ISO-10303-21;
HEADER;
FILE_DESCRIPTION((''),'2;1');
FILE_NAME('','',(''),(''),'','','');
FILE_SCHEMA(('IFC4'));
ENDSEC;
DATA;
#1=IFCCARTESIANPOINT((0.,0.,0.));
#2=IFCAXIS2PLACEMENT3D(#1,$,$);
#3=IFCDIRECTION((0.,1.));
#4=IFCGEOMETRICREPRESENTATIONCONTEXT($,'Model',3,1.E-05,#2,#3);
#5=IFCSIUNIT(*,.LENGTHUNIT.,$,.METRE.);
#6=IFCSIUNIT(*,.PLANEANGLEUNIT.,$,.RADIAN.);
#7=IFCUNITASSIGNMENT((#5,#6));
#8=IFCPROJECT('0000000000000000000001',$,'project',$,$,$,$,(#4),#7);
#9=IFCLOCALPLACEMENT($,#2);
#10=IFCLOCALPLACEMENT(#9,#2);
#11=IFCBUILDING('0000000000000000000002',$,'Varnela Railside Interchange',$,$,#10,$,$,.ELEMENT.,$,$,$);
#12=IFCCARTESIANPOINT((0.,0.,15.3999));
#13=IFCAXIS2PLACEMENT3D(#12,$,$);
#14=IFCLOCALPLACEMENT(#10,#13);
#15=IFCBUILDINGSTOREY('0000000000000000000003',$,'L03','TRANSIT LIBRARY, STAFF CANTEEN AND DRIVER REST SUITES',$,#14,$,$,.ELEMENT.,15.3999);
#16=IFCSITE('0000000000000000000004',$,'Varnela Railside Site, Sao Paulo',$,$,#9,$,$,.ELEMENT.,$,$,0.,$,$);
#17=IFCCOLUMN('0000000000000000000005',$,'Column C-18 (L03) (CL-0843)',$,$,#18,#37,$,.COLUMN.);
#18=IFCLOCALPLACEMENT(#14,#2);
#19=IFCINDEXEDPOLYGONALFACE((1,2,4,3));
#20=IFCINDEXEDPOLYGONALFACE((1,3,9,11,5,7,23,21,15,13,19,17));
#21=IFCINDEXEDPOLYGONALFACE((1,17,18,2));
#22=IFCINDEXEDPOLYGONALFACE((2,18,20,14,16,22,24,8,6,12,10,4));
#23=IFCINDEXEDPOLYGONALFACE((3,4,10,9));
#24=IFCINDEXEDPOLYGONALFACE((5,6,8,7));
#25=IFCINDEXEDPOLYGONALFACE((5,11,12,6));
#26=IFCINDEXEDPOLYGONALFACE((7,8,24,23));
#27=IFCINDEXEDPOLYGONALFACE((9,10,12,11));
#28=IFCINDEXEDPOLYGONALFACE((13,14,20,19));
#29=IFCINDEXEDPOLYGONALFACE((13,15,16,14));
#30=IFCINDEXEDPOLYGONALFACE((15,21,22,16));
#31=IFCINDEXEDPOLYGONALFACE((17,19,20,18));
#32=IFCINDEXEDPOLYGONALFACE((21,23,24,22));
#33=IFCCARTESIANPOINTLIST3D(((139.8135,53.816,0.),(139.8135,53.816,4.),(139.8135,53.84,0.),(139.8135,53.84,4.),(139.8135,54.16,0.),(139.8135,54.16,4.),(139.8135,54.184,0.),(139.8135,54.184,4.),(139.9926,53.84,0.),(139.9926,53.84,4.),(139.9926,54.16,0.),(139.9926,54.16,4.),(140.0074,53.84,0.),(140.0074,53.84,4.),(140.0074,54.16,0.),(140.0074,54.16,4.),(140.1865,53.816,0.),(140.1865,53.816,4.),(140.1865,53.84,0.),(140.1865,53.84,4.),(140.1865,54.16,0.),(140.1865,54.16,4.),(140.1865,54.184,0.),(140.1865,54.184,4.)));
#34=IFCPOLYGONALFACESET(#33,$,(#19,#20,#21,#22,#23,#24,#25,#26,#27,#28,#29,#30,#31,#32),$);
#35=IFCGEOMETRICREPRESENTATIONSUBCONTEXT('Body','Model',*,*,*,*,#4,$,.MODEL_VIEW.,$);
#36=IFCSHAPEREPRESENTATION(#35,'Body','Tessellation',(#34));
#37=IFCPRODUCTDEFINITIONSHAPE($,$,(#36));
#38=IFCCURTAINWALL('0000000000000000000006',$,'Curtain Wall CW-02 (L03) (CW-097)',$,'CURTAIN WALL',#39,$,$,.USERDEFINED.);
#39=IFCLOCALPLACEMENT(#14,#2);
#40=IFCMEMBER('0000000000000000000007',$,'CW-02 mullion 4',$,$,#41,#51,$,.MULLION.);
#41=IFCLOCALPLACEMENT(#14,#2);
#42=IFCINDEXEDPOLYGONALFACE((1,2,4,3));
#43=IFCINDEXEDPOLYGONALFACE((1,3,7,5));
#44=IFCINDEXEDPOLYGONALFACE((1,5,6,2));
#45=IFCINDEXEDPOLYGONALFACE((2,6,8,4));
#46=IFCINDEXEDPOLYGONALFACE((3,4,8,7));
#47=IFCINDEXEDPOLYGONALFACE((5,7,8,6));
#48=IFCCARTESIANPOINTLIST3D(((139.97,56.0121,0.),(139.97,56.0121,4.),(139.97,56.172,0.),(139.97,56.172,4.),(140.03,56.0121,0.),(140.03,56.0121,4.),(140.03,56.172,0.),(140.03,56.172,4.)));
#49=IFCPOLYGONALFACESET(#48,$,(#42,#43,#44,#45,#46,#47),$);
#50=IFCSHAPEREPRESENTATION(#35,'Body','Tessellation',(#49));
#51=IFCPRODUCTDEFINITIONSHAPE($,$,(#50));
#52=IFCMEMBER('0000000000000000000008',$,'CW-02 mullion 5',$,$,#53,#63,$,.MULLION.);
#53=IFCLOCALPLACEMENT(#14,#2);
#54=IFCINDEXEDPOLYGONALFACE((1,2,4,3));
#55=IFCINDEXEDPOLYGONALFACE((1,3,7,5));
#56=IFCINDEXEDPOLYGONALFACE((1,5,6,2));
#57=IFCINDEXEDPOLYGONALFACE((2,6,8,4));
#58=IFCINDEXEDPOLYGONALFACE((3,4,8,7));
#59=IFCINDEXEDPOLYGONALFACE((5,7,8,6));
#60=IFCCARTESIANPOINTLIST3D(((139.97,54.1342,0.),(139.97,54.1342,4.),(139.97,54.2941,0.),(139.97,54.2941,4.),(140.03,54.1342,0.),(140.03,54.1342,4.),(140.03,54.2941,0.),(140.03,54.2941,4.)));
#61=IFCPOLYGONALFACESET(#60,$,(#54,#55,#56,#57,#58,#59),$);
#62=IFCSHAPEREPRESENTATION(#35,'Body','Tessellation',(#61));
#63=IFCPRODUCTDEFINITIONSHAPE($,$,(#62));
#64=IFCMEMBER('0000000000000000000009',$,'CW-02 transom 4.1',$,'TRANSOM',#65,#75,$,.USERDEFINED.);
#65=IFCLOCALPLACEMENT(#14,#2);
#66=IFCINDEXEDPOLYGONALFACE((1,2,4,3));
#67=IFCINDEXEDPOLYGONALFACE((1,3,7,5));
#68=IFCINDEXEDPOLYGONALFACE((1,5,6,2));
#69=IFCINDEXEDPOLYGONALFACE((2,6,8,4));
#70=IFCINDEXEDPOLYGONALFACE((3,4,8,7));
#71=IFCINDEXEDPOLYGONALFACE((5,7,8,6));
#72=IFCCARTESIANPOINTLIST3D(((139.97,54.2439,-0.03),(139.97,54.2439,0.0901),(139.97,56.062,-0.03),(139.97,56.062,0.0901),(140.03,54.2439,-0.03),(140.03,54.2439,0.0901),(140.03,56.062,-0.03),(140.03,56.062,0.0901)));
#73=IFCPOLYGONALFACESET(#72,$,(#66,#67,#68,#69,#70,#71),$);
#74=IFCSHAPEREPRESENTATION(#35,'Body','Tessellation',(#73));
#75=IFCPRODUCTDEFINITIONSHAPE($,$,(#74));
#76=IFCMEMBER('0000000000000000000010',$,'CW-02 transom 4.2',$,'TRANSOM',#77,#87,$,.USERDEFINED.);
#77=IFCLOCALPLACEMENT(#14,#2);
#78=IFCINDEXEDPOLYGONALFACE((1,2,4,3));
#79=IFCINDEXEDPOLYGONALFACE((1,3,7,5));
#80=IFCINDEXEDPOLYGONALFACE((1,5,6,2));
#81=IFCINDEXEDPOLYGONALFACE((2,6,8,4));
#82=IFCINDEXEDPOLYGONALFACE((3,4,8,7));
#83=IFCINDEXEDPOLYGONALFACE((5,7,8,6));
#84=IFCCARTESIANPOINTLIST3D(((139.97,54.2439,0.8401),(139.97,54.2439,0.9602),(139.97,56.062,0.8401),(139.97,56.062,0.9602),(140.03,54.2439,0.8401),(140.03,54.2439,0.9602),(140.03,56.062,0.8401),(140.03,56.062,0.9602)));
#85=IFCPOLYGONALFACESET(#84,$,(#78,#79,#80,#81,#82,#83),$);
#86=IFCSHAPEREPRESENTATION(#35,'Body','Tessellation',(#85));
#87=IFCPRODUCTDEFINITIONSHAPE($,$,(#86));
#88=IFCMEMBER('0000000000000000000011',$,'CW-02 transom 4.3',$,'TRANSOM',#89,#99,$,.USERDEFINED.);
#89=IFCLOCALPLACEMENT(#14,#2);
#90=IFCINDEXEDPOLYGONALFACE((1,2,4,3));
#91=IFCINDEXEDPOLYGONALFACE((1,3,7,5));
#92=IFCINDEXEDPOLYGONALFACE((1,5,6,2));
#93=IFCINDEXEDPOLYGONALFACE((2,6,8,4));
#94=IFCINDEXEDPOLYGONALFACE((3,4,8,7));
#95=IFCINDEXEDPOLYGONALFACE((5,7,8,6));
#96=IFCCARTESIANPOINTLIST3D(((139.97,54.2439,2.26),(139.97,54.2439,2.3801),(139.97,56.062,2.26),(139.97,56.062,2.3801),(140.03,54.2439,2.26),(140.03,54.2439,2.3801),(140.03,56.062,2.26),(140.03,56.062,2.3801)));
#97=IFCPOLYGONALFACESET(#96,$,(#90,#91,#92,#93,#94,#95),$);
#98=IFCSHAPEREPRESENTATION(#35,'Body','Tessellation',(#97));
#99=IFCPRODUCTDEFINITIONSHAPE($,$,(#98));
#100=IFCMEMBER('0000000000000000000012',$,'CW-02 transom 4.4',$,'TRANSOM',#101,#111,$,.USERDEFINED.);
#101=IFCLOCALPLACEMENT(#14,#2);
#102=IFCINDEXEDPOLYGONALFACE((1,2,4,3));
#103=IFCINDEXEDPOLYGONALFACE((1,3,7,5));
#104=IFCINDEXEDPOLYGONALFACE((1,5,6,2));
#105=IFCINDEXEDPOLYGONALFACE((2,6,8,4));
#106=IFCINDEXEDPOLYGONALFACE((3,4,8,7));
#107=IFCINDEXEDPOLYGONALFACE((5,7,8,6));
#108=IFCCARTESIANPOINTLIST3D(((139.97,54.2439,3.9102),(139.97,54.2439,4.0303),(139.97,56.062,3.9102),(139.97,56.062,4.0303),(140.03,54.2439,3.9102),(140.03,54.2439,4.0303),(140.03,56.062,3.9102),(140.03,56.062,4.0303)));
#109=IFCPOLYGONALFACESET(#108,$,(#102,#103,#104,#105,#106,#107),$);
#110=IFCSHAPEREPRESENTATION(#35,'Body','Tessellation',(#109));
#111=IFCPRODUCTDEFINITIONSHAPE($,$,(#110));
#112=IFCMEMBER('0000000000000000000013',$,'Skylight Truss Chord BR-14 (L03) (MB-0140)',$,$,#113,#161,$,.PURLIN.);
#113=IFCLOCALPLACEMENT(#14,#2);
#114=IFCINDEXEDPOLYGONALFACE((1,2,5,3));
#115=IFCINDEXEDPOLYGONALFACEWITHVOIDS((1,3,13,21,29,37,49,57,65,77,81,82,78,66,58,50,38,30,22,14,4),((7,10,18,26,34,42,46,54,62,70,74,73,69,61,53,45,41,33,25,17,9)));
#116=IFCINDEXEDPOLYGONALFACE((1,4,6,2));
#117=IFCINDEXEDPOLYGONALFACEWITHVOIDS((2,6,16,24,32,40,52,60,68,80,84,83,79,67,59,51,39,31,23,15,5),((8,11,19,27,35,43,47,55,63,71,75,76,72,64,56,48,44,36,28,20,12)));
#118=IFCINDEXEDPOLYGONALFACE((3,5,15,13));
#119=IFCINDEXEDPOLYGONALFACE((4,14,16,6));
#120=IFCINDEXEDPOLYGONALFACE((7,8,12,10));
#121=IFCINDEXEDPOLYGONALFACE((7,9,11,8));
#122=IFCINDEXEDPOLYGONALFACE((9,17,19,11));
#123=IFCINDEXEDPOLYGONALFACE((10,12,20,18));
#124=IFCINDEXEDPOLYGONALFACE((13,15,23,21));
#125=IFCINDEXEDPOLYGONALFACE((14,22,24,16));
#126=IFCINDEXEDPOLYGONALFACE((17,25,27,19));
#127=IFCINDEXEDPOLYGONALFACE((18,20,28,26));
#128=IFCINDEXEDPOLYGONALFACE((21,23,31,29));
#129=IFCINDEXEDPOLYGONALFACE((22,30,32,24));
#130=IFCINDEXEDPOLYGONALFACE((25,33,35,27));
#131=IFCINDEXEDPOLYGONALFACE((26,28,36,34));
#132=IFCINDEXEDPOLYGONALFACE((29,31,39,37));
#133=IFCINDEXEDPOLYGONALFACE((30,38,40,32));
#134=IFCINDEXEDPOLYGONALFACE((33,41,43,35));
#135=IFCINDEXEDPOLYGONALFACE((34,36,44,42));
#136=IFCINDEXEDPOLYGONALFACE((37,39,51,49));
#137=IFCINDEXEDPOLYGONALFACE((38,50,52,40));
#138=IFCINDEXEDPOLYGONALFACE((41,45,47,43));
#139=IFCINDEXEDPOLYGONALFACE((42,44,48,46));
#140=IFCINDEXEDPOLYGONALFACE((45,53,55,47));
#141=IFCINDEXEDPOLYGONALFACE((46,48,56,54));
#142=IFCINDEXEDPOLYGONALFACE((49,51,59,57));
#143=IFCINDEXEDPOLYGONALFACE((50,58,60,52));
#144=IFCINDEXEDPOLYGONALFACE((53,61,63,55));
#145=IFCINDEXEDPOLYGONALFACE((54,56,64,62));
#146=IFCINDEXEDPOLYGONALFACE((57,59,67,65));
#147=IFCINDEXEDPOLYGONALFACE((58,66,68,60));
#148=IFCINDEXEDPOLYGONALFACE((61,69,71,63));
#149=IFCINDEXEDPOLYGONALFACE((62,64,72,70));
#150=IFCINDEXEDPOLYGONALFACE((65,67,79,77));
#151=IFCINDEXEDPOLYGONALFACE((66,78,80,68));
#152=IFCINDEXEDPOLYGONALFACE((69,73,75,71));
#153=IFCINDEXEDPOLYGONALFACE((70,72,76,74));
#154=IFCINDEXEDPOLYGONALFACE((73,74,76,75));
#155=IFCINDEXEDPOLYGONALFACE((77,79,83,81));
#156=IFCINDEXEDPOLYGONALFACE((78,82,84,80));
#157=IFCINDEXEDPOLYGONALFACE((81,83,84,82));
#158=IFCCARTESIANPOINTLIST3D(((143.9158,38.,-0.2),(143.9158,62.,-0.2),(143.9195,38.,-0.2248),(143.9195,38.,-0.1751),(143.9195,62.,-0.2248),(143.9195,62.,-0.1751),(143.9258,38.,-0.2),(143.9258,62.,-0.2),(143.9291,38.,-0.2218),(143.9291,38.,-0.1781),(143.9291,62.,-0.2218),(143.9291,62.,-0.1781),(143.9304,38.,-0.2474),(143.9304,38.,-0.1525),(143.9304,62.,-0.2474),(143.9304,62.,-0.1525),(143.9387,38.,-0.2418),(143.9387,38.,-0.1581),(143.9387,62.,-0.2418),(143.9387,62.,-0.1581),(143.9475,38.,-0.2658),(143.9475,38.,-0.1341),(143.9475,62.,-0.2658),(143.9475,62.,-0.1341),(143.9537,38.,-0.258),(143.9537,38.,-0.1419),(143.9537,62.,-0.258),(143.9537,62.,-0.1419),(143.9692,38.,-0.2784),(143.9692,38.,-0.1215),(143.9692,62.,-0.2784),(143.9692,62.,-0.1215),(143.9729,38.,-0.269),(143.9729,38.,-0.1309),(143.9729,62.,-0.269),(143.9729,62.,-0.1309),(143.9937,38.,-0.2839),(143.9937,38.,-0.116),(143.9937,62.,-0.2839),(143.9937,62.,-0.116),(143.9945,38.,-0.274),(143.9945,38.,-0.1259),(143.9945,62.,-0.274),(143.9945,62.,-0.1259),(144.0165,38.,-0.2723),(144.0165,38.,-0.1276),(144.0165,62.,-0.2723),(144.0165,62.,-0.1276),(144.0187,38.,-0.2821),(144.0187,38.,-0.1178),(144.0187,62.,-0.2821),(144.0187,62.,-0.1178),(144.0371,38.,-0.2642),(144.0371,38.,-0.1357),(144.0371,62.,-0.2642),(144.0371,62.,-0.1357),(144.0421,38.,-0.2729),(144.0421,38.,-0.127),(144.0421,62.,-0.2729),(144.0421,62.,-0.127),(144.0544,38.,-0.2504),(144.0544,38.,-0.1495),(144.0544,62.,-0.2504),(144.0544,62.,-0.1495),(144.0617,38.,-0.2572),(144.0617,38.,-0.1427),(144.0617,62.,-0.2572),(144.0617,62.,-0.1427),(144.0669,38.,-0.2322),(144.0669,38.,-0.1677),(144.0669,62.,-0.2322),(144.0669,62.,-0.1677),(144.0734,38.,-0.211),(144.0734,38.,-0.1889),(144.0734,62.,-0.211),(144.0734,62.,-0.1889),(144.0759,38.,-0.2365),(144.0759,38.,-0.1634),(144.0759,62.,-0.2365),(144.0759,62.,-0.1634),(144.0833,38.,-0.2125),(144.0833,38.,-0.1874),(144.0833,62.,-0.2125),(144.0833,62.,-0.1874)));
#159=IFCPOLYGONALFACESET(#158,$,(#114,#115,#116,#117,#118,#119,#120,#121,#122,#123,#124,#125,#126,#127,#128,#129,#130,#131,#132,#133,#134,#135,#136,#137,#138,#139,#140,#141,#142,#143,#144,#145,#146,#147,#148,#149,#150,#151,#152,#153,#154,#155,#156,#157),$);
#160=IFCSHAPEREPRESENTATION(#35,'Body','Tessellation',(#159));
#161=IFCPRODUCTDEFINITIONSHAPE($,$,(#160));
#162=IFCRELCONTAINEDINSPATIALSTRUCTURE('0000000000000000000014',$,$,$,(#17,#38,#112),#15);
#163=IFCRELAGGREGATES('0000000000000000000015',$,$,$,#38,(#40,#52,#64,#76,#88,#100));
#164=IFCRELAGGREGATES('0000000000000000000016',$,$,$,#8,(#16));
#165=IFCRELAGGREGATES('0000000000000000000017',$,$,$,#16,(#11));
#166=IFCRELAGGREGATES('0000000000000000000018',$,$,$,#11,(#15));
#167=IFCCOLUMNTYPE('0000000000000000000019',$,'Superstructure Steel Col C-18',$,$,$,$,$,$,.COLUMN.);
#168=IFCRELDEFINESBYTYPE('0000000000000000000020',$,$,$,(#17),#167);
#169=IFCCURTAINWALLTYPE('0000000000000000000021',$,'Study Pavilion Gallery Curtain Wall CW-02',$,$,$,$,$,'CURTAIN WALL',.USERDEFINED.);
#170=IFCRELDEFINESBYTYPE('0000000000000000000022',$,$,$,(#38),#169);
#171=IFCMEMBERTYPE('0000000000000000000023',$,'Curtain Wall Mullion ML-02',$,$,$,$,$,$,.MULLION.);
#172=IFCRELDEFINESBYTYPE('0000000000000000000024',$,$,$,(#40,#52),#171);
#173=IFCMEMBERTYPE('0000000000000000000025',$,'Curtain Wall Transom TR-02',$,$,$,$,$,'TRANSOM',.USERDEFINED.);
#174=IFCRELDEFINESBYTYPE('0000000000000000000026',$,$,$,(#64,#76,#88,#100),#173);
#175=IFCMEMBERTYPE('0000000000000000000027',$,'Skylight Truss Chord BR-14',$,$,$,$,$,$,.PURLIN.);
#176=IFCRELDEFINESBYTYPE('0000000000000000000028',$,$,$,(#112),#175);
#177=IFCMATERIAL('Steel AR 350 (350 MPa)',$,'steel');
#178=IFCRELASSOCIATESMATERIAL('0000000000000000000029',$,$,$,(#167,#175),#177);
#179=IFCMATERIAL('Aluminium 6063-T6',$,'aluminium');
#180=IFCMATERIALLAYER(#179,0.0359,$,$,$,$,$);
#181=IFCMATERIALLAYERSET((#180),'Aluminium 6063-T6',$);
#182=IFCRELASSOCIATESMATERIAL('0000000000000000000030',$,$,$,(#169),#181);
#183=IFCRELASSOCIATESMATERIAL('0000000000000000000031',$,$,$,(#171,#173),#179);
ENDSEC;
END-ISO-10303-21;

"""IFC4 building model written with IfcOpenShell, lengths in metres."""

from ifc_helpers import new_model, si_unit, direction, frame, origin, origin_2d, place, context, subcontext, project, spatial, rectangle, hollow_circle, i_section, extrude, material, layer, layer_set, material_profile, profile_set, type_object, element, aggregate, save


model = new_model("IFC4")

# Units and contexts
model_context = context("Model", 3, precision=1e-05, world=origin(), true_north=direction((0.0, 1.0)))
body_context = subcontext(model_context, "Body", "Model", "MODEL_VIEW")
ifc_project = project(units=[si_unit("LENGTHUNIT", "METRE"), si_unit("PLANEANGLEUNIT", "RADIAN")], contexts=[model_context])

# Site, building, storey
site_placement = place(None, origin())
site = spatial("IfcSite", under=ifc_project, at=site_placement, Name="Varnela Railside Site, Sao Paulo", CompositionType="ELEMENT", RefElevation=0.0)
building_placement = place(site_placement, origin())
building = spatial("IfcBuilding", under=site, at=building_placement, Name="Varnela Railside Interchange", CompositionType="ELEMENT")
storey_placement = place(building_placement, frame((0.0, 0.0, 15.3999)))
storey = spatial("IfcBuildingStorey", under=building, at=storey_placement, Name="L03", Description="TRANSIT LIBRARY, STAFF CANTEEN AND DRIVER REST SUITES", CompositionType="ELEMENT", Elevation=15.3999)

# Column
ifc_material_1 = material(Name="Steel AR 350 (350 MPa)", Category="steel")
ifc_material_profile_1 = material_profile(ifc_material_1, i_section(OverallWidth=0.373, OverallDepth=0.3679, WebThickness=0.0149, FlangeThickness=0.0239, at=origin_2d()), Name="W360x179")
ifc_profile_set_1 = profile_set([ifc_material_profile_1], Name="Steel AR 350 (350 MPa)")
column_type = type_object("IfcColumnType", Name="Superstructure Steel Col C-18", PredefinedType="COLUMN", material=ifc_profile_set_1)
column_placement = place(storey_placement, frame((140.0, 54.0, 0.0), z_axis=(0.0, 0.0, 1.0), x_axis=(1.0, 0.0, 0.0)))
element("IfcColumn", 1, at=column_placement, inside=storey, type_object=column_type, Name="Column C-18 (L03) (CL-0843)", PredefinedType="COLUMN", context=body_context, shape_type="SweptSolid", body=[
    extrude(i_section(OverallWidth=0.373, OverallDepth=0.3679, WebThickness=0.0149, FlangeThickness=0.0239, at=origin_2d()), origin(), (0.0, 0.0, 1.0), 4.0),
])

# Curtain wall, members
ifc_material_2 = material(Name="Aluminium 6063-T6", Category="aluminium")
ifc_layer_1 = layer(ifc_material_2, 0.0359)
ifc_layer_set_1 = layer_set([ifc_layer_1], Name="Aluminium 6063-T6")
curtain_wall_type = type_object("IfcCurtainWallType", Name="Study Pavilion Gallery Curtain Wall CW-02", ElementType="CURTAIN WALL", PredefinedType="USERDEFINED", material=ifc_layer_set_1)
curtain_wall_placement = place(storey_placement, origin())
curtain_wall = element("IfcCurtainWall", 2, at=curtain_wall_placement, inside=storey, type_object=curtain_wall_type, Name="Curtain Wall CW-02 (L03) (CW-097)", ObjectType="CURTAIN WALL", PredefinedType="USERDEFINED")
ifc_material_profile_2 = material_profile(ifc_material_2, rectangle(XDim=0.0601, YDim=0.1599, at=origin_2d()), Name="ALU 60x160")
ifc_profile_set_2 = profile_set([ifc_material_profile_2], Name="Aluminium 6063-T6")
member_type_1 = type_object("IfcMemberType", Name="Curtain Wall Mullion ML-02", PredefinedType="MULLION", material=ifc_profile_set_2)
member_1_placement = place(storey_placement, frame((140.0, 56.092, 0.0), z_axis=(0.0, 0.0, 1.0), x_axis=(1.0, 0.0, 0.0)))
member_1 = element("IfcMember", 3, at=member_1_placement, type_object=member_type_1, Name="CW-02 mullion 4", PredefinedType="MULLION", context=body_context, shape_type="SweptSolid", body=[
    extrude(rectangle(XDim=0.0601, YDim=0.1599, at=origin_2d()), origin(), (0.0, 0.0, 1.0), 4.0),
])
member_2_placement = place(storey_placement, frame((140.0, 54.2141, 0.0), z_axis=(0.0, 0.0, 1.0), x_axis=(1.0, 0.0, 0.0)))
member_2 = element("IfcMember", 4, at=member_2_placement, type_object=member_type_1, Name="CW-02 mullion 5", PredefinedType="MULLION", context=body_context, shape_type="SweptSolid", body=[
    extrude(rectangle(XDim=0.0601, YDim=0.1599, at=origin_2d()), origin(), (0.0, 0.0, 1.0), 4.0),
])
ifc_material_profile_3 = material_profile(ifc_material_2, rectangle(XDim=0.0601, YDim=0.1201, at=origin_2d()), Name="ALU 60x120")
ifc_profile_set_3 = profile_set([ifc_material_profile_3], Name="Aluminium 6063-T6")
member_type_2 = type_object("IfcMemberType", Name="Curtain Wall Transom TR-02", ElementType="TRANSOM", PredefinedType="USERDEFINED", material=ifc_profile_set_3)
member_3_placement = place(storey_placement, frame((140.0, 56.062, 0.03), z_axis=(0.0, -1.0, 0.0), x_axis=(1.0, 0.0, 0.0)))
member_3 = element("IfcMember", 5, at=member_3_placement, type_object=member_type_2, Name="CW-02 transom 4.1", ObjectType="TRANSOM", PredefinedType="USERDEFINED", context=body_context, shape_type="SweptSolid", body=[
    extrude(rectangle(XDim=0.0601, YDim=0.1201, at=origin_2d()), origin(), (0.0, 0.0, 1.0), 1.8181),
])
member_4_placement = place(storey_placement, frame((140.0, 56.062, 0.9001), z_axis=(0.0, -1.0, 0.0), x_axis=(1.0, 0.0, 0.0)))
member_4 = element("IfcMember", 6, at=member_4_placement, type_object=member_type_2, Name="CW-02 transom 4.2", ObjectType="TRANSOM", PredefinedType="USERDEFINED", context=body_context, shape_type="SweptSolid", body=[
    extrude(rectangle(XDim=0.0601, YDim=0.1201, at=origin_2d()), origin(), (0.0, 0.0, 1.0), 1.8181),
])
member_5_placement = place(storey_placement, frame((140.0, 56.062, 2.3201), z_axis=(0.0, -1.0, 0.0), x_axis=(1.0, 0.0, 0.0)))
member_5 = element("IfcMember", 7, at=member_5_placement, type_object=member_type_2, Name="CW-02 transom 4.3", ObjectType="TRANSOM", PredefinedType="USERDEFINED", context=body_context, shape_type="SweptSolid", body=[
    extrude(rectangle(XDim=0.0601, YDim=0.1201, at=origin_2d()), origin(), (0.0, 0.0, 1.0), 1.8181),
])
member_6_placement = place(storey_placement, frame((140.0, 56.062, 3.9702), z_axis=(0.0, -1.0, 0.0), x_axis=(1.0, 0.0, 0.0)))
member_6 = element("IfcMember", 8, at=member_6_placement, type_object=member_type_2, Name="CW-02 transom 4.4", ObjectType="TRANSOM", PredefinedType="USERDEFINED", context=body_context, shape_type="SweptSolid", body=[
    extrude(rectangle(XDim=0.0601, YDim=0.1201, at=origin_2d()), origin(), (0.0, 0.0, 1.0), 1.8181),
])

# Member
ifc_material_profile_4 = material_profile(ifc_material_1, hollow_circle(Radius=0.0842, WallThickness=0.01, at=origin_2d()), Name="CHS 168.3x10")
ifc_profile_set_4 = profile_set([ifc_material_profile_4], Name="Steel AR 350 (350 MPa)")
member_type_3 = type_object("IfcMemberType", Name="Skylight Truss Chord BR-14", PredefinedType="PURLIN", material=ifc_profile_set_4)
for number, where, z_axis, x_axis, name in (
    (9, (144.0, 38.0, -0.2), (0.0, 1.0, 0.0), (-1.0, 0.0, 0.0), "Skylight Truss Chord BR-14 (L03) (MB-0140)"),
):
    element("IfcMember", number, at=place(storey_placement, frame(where, z_axis=z_axis, x_axis=x_axis)), inside=storey, type_object=member_type_3, Name=name, PredefinedType="PURLIN", context=body_context, shape_type="SweptSolid", body=[
        extrude(hollow_circle(Radius=0.0842, WallThickness=0.01, at=origin_2d()), origin(), (0.0, 0.0, 1.0), 24.0),
    ])

aggregate(curtain_wall, [member_1, member_2, member_3, member_4, member_5, member_6])

save(model, "model.ifc")
